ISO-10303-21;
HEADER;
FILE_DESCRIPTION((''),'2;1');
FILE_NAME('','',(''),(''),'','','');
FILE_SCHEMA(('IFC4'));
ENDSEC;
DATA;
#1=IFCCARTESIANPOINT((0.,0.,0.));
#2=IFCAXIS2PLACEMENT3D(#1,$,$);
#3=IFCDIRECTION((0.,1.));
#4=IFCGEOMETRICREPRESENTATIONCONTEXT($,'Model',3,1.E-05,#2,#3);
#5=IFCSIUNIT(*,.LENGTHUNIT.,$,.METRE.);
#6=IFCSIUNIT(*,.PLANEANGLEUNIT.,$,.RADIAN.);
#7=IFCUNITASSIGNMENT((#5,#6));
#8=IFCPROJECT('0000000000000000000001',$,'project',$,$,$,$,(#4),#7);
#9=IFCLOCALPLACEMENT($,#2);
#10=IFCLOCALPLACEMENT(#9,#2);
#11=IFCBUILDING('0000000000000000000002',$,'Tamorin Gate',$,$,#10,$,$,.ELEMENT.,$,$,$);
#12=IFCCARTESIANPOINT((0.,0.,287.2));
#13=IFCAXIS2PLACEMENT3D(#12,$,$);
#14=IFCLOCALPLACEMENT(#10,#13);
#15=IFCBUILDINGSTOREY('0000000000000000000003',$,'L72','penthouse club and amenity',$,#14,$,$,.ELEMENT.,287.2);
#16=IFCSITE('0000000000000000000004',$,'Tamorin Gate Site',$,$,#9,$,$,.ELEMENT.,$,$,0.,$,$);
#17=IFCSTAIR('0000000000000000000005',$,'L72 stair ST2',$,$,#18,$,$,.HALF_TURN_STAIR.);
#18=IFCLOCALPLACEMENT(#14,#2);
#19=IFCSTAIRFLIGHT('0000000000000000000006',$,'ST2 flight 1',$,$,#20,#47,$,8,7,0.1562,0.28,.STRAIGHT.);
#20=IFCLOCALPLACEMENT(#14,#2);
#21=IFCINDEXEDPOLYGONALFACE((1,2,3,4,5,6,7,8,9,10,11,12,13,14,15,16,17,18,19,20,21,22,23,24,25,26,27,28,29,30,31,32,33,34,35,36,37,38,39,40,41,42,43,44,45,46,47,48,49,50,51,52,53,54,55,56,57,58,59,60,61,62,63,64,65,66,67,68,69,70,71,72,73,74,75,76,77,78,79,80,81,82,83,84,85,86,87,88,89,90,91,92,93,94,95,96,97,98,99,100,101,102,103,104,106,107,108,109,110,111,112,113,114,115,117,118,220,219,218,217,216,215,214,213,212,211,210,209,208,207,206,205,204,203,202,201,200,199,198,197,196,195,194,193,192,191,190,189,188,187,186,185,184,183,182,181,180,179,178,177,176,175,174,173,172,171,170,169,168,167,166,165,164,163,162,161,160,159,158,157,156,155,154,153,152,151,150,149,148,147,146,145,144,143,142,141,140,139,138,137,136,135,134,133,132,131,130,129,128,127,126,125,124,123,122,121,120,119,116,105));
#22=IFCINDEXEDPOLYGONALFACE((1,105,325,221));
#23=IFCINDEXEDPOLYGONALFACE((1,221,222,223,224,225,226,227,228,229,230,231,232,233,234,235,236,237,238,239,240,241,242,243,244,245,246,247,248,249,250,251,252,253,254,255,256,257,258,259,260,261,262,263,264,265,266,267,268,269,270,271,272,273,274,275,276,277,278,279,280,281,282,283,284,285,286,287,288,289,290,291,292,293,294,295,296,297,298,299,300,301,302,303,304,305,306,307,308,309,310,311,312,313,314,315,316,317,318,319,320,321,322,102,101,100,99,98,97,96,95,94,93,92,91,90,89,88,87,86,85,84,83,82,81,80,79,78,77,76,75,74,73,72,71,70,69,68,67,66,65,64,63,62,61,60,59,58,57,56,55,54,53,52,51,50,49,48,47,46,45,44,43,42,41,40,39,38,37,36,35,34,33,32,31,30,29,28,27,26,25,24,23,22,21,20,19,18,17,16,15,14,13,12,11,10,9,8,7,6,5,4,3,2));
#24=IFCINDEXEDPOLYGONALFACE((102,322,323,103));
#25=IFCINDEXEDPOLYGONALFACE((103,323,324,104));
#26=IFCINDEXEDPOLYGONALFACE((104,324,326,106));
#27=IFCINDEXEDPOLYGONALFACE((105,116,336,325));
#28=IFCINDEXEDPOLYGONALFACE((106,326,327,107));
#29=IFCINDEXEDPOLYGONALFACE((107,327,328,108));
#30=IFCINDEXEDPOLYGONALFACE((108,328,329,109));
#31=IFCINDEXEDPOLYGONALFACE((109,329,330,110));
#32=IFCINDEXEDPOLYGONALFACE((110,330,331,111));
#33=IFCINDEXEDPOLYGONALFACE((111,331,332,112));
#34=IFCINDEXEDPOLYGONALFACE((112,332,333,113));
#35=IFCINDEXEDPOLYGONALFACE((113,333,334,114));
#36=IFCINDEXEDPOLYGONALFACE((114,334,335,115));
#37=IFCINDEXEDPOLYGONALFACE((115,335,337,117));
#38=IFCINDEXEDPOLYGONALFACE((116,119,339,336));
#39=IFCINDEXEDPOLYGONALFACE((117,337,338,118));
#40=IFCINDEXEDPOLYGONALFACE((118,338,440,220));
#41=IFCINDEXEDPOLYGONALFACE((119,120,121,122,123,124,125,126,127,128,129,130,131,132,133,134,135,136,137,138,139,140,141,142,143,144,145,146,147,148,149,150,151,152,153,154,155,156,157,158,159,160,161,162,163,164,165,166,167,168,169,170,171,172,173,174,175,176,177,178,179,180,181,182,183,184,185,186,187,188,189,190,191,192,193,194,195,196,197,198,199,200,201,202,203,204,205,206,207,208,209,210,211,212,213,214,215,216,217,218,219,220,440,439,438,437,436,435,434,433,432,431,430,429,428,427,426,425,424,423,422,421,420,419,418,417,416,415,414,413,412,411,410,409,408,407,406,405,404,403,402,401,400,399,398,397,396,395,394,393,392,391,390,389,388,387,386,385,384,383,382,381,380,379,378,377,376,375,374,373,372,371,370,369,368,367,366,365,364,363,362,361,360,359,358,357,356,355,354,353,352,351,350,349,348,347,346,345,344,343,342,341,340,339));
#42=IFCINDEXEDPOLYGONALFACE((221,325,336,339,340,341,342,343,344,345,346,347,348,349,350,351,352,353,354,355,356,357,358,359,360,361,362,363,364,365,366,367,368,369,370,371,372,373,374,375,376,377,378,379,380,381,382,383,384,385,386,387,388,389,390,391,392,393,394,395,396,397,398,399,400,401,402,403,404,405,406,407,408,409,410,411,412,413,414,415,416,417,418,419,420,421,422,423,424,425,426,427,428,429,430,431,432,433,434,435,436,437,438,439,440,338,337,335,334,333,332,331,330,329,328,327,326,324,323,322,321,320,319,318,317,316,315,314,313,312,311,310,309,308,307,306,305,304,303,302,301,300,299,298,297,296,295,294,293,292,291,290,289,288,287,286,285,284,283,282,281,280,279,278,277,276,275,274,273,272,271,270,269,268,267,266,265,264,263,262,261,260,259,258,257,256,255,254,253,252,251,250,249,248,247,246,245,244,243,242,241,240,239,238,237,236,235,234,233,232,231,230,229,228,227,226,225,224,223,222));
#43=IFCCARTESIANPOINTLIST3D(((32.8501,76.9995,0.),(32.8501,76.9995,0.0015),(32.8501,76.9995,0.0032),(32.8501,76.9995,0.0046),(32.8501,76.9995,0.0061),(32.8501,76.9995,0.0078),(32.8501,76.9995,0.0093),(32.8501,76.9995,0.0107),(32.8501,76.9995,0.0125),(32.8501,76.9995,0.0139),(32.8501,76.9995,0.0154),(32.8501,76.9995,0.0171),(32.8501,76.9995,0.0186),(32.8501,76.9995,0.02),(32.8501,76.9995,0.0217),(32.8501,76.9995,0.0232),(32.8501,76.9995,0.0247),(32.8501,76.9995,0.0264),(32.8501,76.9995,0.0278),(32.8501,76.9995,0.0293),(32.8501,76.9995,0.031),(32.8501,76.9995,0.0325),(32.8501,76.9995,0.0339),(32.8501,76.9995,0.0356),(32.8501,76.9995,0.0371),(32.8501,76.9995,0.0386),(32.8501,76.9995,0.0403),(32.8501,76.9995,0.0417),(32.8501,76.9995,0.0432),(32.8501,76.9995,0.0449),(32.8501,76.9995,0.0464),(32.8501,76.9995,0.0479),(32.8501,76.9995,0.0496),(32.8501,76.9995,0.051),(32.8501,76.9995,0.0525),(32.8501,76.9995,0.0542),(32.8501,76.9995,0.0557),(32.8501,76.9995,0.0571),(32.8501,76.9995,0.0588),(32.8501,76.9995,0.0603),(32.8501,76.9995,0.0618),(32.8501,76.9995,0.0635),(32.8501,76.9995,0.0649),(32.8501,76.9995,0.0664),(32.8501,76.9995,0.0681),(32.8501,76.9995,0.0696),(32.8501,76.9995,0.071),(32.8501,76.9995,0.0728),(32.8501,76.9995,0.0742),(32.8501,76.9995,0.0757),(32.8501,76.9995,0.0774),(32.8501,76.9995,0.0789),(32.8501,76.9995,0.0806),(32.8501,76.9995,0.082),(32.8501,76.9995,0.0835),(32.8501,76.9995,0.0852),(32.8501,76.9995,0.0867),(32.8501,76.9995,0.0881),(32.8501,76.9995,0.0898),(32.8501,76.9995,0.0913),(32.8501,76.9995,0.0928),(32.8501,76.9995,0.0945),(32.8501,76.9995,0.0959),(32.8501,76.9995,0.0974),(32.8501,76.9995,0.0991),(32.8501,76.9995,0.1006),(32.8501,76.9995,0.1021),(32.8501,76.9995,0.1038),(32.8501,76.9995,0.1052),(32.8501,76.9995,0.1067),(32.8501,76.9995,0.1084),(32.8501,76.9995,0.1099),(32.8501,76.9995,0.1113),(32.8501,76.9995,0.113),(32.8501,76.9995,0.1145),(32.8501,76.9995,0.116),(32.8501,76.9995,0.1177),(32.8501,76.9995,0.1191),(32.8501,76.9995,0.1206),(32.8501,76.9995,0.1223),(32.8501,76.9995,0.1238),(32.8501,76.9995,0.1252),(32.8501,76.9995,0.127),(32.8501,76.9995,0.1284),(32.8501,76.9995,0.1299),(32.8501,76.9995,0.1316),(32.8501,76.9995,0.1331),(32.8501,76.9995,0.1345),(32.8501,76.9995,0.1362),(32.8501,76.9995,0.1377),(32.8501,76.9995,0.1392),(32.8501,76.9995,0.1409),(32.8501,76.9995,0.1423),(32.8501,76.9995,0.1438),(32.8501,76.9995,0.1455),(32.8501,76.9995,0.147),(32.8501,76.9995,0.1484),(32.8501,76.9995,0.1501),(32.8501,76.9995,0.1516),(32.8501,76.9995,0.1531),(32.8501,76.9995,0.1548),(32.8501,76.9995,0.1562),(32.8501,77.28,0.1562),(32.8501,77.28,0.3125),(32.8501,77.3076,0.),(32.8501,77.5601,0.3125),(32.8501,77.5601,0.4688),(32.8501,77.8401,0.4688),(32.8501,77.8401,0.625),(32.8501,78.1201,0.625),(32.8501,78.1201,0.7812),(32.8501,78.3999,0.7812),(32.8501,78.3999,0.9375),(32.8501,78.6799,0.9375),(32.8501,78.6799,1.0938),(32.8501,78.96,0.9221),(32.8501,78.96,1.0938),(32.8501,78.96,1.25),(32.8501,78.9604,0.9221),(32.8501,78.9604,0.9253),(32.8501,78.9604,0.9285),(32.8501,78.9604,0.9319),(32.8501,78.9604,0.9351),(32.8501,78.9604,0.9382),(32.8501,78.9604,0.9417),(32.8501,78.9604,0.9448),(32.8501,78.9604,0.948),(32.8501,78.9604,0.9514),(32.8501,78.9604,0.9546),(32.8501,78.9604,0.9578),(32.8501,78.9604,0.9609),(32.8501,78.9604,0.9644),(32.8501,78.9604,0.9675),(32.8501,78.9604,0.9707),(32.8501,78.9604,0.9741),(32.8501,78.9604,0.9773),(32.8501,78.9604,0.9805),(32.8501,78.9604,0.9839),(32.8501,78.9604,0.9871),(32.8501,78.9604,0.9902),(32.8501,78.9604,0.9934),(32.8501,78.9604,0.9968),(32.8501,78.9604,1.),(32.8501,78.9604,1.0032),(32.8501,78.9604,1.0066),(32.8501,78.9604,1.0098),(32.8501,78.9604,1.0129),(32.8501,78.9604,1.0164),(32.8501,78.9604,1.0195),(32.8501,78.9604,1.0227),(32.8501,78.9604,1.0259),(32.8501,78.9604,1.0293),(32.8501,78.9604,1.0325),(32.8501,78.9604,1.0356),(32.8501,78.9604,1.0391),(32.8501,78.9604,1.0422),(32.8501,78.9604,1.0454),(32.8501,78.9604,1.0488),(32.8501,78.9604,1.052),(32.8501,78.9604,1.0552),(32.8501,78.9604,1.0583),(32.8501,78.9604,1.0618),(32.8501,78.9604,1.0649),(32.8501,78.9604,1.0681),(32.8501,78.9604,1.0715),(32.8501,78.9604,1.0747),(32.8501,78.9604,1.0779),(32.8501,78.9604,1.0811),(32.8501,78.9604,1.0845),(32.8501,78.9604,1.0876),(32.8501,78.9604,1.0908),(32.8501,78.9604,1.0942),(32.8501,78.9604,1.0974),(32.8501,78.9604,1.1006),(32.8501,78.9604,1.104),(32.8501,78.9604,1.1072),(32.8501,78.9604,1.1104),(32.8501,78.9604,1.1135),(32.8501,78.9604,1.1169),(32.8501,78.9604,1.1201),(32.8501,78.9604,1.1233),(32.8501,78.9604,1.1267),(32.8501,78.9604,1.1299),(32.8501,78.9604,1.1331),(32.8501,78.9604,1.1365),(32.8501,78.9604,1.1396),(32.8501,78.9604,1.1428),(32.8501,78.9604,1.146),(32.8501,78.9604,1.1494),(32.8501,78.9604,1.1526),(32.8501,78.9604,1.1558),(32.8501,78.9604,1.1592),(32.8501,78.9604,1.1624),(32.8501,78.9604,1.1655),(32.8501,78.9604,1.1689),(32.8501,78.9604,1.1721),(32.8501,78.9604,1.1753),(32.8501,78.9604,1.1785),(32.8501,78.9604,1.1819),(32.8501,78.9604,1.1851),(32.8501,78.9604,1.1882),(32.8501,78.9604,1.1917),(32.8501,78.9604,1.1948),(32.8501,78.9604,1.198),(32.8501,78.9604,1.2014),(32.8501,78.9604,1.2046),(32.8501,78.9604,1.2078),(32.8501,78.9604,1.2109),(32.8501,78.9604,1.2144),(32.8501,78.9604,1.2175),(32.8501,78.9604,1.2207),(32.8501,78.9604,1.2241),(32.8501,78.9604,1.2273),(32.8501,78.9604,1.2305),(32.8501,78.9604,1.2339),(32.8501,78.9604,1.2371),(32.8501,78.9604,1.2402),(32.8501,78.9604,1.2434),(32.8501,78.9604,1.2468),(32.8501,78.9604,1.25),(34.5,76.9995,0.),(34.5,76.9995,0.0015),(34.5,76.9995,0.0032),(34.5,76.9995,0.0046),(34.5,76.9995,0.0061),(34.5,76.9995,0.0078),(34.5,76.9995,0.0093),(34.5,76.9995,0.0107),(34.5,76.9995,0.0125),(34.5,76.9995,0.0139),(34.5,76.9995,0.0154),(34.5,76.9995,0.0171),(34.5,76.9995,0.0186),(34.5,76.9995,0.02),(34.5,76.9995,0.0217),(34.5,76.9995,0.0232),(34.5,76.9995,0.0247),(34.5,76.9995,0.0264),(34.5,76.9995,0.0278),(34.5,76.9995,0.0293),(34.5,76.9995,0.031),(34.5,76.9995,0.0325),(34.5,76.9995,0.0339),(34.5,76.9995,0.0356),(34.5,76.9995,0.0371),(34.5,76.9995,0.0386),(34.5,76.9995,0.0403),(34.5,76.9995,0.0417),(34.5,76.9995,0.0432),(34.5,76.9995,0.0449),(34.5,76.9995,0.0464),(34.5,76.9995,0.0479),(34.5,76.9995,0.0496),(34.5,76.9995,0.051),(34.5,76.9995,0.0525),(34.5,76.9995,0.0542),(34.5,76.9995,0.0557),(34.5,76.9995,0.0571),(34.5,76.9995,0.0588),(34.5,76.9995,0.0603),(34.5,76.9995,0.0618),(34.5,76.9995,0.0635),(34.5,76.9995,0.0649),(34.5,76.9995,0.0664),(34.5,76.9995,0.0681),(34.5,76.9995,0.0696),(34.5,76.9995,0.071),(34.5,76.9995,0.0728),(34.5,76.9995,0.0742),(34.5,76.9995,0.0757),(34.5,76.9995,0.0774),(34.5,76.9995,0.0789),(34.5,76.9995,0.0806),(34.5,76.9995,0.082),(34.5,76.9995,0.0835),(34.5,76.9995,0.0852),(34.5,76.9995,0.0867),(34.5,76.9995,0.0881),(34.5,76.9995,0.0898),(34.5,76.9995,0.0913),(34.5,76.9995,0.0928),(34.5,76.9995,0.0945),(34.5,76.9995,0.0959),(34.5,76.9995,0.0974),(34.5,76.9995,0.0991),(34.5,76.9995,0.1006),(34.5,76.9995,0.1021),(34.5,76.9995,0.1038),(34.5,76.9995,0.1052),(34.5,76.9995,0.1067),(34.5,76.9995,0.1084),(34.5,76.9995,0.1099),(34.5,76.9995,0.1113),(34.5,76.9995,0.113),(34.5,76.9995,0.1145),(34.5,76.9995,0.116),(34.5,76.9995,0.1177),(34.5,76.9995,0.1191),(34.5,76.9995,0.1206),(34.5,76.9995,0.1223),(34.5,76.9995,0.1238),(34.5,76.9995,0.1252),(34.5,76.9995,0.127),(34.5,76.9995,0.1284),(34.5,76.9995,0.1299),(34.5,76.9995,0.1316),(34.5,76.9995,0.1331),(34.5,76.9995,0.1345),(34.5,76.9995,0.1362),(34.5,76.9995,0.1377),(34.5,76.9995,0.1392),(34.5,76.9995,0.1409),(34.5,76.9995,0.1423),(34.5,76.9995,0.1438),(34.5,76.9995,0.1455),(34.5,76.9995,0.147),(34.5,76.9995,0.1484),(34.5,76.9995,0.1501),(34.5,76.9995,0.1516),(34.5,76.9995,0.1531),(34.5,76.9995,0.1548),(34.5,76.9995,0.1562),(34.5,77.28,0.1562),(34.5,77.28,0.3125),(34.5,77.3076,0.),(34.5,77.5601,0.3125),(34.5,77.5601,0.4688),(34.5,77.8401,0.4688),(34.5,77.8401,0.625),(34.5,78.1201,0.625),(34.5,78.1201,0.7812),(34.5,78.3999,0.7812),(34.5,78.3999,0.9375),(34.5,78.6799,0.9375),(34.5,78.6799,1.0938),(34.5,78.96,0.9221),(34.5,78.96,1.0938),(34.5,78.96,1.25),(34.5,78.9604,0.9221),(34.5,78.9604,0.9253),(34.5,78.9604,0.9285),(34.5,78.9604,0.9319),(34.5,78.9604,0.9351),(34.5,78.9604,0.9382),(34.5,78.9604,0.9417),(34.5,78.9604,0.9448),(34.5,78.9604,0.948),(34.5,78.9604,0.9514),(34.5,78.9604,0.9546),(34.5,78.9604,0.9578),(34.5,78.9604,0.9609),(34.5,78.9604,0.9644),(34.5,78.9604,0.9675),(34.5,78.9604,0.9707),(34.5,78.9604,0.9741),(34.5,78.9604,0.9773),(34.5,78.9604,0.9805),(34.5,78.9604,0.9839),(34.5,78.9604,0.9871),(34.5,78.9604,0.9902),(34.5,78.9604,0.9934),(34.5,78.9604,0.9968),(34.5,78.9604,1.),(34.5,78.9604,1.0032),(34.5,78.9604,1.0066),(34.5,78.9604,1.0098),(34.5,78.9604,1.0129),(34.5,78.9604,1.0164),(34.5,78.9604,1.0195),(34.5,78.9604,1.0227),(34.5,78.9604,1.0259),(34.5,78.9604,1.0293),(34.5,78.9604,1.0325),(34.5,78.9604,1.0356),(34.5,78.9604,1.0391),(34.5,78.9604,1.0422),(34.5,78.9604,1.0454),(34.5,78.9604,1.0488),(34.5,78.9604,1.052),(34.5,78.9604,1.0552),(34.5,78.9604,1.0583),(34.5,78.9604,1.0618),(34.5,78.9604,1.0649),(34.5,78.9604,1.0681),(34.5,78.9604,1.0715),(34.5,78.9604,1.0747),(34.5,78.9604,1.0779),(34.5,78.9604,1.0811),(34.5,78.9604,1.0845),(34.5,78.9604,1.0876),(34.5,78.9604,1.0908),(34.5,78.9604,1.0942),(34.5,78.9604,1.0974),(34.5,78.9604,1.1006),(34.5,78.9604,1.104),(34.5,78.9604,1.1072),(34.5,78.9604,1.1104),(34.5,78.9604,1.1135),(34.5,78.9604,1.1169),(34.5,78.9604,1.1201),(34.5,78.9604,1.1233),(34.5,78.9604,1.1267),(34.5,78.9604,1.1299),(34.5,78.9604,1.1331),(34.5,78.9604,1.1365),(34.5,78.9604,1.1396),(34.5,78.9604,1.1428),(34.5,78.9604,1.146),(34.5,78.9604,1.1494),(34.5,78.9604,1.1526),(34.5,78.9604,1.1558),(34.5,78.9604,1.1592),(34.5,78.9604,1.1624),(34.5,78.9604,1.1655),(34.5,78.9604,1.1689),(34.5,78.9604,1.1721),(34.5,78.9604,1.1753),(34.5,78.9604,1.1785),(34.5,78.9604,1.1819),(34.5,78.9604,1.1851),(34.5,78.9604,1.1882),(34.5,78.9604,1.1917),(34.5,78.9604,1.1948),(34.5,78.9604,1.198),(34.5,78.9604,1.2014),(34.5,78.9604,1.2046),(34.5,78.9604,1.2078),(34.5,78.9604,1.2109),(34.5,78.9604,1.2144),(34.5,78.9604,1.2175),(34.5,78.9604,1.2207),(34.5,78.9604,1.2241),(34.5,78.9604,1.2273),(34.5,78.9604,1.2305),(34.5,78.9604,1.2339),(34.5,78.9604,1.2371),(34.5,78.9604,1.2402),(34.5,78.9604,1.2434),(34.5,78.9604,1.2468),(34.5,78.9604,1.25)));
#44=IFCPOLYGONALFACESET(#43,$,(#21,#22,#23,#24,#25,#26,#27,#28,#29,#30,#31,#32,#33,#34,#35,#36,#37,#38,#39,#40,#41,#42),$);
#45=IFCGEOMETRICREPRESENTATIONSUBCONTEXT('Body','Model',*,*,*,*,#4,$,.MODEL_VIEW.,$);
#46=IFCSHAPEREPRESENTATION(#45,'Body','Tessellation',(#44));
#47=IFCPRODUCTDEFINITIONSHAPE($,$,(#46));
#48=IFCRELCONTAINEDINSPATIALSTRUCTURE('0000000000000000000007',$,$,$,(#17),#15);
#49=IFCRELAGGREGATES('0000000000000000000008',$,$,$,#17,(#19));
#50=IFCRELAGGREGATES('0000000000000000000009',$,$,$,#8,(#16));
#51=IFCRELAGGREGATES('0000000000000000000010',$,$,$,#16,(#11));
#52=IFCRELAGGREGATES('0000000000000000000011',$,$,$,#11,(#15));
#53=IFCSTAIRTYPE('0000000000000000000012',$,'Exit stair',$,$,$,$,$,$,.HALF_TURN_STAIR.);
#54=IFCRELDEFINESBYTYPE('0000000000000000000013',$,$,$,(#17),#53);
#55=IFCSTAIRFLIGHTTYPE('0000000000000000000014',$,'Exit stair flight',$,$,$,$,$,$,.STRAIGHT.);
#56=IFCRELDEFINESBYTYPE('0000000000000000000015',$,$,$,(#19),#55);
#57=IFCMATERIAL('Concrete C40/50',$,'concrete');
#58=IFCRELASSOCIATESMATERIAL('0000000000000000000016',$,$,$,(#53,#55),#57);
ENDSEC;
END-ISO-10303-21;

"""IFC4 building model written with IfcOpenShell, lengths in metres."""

from ifc_helpers import new_model, si_unit, direction, frame, origin, place, context, subcontext, project, spatial, polyline, outline, extrude, material, type_object, element, aggregate, save


model = new_model("IFC4")

# Units and contexts
model_context = context("Model", 3, precision=1e-05, world=origin(), true_north=direction((0.0, 1.0)))
body_context = subcontext(model_context, "Body", "Model", "MODEL_VIEW")
ifc_project = project(units=[si_unit("LENGTHUNIT", "METRE"), si_unit("PLANEANGLEUNIT", "RADIAN")], contexts=[model_context])

# Site, building, storey
site_placement = place(None, origin())
site = spatial("IfcSite", under=ifc_project, at=site_placement, Name="Tamorin Gate Site", CompositionType="ELEMENT", RefElevation=0.0)
building_placement = place(site_placement, origin())
building = spatial("IfcBuilding", under=site, at=building_placement, Name="Tamorin Gate", CompositionType="ELEMENT")
storey_placement = place(building_placement, frame((0.0, 0.0, 287.2)))
storey = spatial("IfcBuildingStorey", under=building, at=storey_placement, Name="L72", Description="penthouse club and amenity", CompositionType="ELEMENT", Elevation=287.2)

# Shared definitions
ifc_material_1 = material(Name="Concrete C40/50", Category="concrete")

# Stair, stair flight
stair_type = type_object("IfcStairType", Name="Exit stair", PredefinedType="HALF_TURN_STAIR", material=ifc_material_1)
stair_placement = place(storey_placement, origin())
stair = element("IfcStair", 1, at=stair_placement, inside=storey, type_object=stair_type, Name="L72 stair ST2", PredefinedType="HALF_TURN_STAIR")
stair_flight_type = type_object("IfcStairFlightType", Name="Exit stair flight", PredefinedType="STRAIGHT", material=ifc_material_1)
stair_flight_1_placement = place(storey_placement, frame((33.675, 77.0, 0.0), z_axis=(0.0, 0.0, 1.0), x_axis=(0.0, 1.0, 0.0)))
stair_flight_1 = element("IfcStairFlight", 2, at=stair_flight_1_placement, type_object=stair_flight_type, Name="ST2 flight 1", NumberOfRisers=8, NumberOfTreads=7, PredefinedType="STRAIGHT", RiserHeight=0.1562, TreadLength=0.28, context=body_context, shape_type="SweptSolid", body=[
    extrude(outline(polyline([(-0.0005, 0.0), (-0.0005, 0.0015), (-0.0005, 0.0032), (-0.0005, 0.0046), (-0.0005, 0.0061), (-0.0005, 0.0078), (-0.0005, 0.0093), (-0.0005, 0.0107), (-0.0005, 0.0125), (-0.0005, 0.0139), (-0.0005, 0.0154), (-0.0005, 0.0171), (-0.0005, 0.0186), (-0.0005, 0.02), (-0.0005, 0.0217), (-0.0005, 0.0232), (-0.0005, 0.0247), (-0.0005, 0.0264), (-0.0005, 0.0278), (-0.0005, 0.0293), (-0.0005, 0.031), (-0.0005, 0.0325), (-0.0005, 0.0339), (-0.0005, 0.0356), (-0.0005, 0.0371), (-0.0005, 0.0386), (-0.0005, 0.0403), (-0.0005, 0.0417), (-0.0005, 0.0432), (-0.0005, 0.0449), (-0.0005, 0.0464), (-0.0005, 0.0479), (-0.0005, 0.0496), (-0.0005, 0.051), (-0.0005, 0.0525), (-0.0005, 0.0542), (-0.0005, 0.0557), (-0.0005, 0.0571), (-0.0005, 0.0588), (-0.0005, 0.0603), (-0.0005, 0.0618), (-0.0005, 0.0635), (-0.0005, 0.0649), (-0.0005, 0.0664), (-0.0005, 0.0681), (-0.0005, 0.0696), (-0.0005, 0.071), (-0.0005, 0.0728), (-0.0005, 0.0742), (-0.0005, 0.0757), (-0.0005, 0.0774), (-0.0005, 0.0789), (-0.0005, 0.0806), (-0.0005, 0.082), (-0.0005, 0.0835), (-0.0005, 0.0852), (-0.0005, 0.0867), (-0.0005, 0.0881), (-0.0005, 0.0898), (-0.0005, 0.0913), (-0.0005, 0.0928), (-0.0005, 0.0945), (-0.0005, 0.0959), (-0.0005, 0.0974), (-0.0005, 0.0991), (-0.0005, 0.1006), (-0.0005, 0.1021), (-0.0005, 0.1038), (-0.0005, 0.1052), (-0.0005, 0.1067), (-0.0005, 0.1084), (-0.0005, 0.1099), (-0.0005, 0.1113), (-0.0005, 0.113), (-0.0005, 0.1145), (-0.0005, 0.116), (-0.0005, 0.1177), (-0.0005, 0.1191), (-0.0005, 0.1206), (-0.0005, 0.1223), (-0.0005, 0.1238), (-0.0005, 0.1252), (-0.0005, 0.127), (-0.0005, 0.1284), (-0.0005, 0.1299), (-0.0005, 0.1316), (-0.0005, 0.1331), (-0.0005, 0.1345), (-0.0005, 0.1362), (-0.0005, 0.1377), (-0.0005, 0.1392), (-0.0005, 0.1409), (-0.0005, 0.1423), (-0.0005, 0.1438), (-0.0005, 0.1455), (-0.0005, 0.147), (-0.0005, 0.1484), (-0.0005, 0.1501), (-0.0005, 0.1516), (-0.0005, 0.1531), (-0.0005, 0.1548), (-0.0005, 0.1562), (0.28, 0.1562), (0.28, 0.3125), (0.5601, 0.3125), (0.5601, 0.4688), (0.8401, 0.4688), (0.8401, 0.625), (1.1201, 0.625), (1.1201, 0.7812), (1.3999, 0.7812), (1.3999, 0.9375), (1.6799, 0.9375), (1.6799, 1.0938), (1.96, 1.0938), (1.96, 1.25), (1.9604, 1.25), (1.9604, 1.2468), (1.9604, 1.2434), (1.9604, 1.2402), (1.9604, 1.2371), (1.9604, 1.2339), (1.9604, 1.2305), (1.9604, 1.2273), (1.9604, 1.2241), (1.9604, 1.2207), (1.9604, 1.2175), (1.9604, 1.2144), (1.9604, 1.2109), (1.9604, 1.2078), (1.9604, 1.2046), (1.9604, 1.2014), (1.9604, 1.198), (1.9604, 1.1948), (1.9604, 1.1917), (1.9604, 1.1882), (1.9604, 1.1851), (1.9604, 1.1819), (1.9604, 1.1785), (1.9604, 1.1753), (1.9604, 1.1721), (1.9604, 1.1689), (1.9604, 1.1655), (1.9604, 1.1624), (1.9604, 1.1592), (1.9604, 1.1558), (1.9604, 1.1526), (1.9604, 1.1494), (1.9604, 1.146), (1.9604, 1.1428), (1.9604, 1.1396), (1.9604, 1.1365), (1.9604, 1.1331), (1.9604, 1.1299), (1.9604, 1.1267), (1.9604, 1.1233), (1.9604, 1.1201), (1.9604, 1.1169), (1.9604, 1.1135), (1.9604, 1.1104), (1.9604, 1.1072), (1.9604, 1.104), (1.9604, 1.1006), (1.9604, 1.0974), (1.9604, 1.0942), (1.9604, 1.0908), (1.9604, 1.0876), (1.9604, 1.0845), (1.9604, 1.0811), (1.9604, 1.0779), (1.9604, 1.0747), (1.9604, 1.0715), (1.9604, 1.0681), (1.9604, 1.0649), (1.9604, 1.0618), (1.9604, 1.0583), (1.9604, 1.0552), (1.9604, 1.052), (1.9604, 1.0488), (1.9604, 1.0454), (1.9604, 1.0422), (1.9604, 1.0391), (1.9604, 1.0356), (1.9604, 1.0325), (1.9604, 1.0293), (1.9604, 1.0259), (1.9604, 1.0227), (1.9604, 1.0195), (1.9604, 1.0164), (1.9604, 1.0129), (1.9604, 1.0098), (1.9604, 1.0066), (1.9604, 1.0032), (1.9604, 1.0), (1.9604, 0.9968), (1.9604, 0.9934), (1.9604, 0.9902), (1.9604, 0.9871), (1.9604, 0.9839), (1.9604, 0.9805), (1.9604, 0.9773), (1.9604, 0.9741), (1.9604, 0.9707), (1.9604, 0.9675), (1.9604, 0.9644), (1.9604, 0.9609), (1.9604, 0.9578), (1.9604, 0.9546), (1.9604, 0.9514), (1.9604, 0.948), (1.9604, 0.9448), (1.9604, 0.9417), (1.9604, 0.9382), (1.9604, 0.9351), (1.9604, 0.9319), (1.9604, 0.9285), (1.9604, 0.9253), (1.9604, 0.9221), (1.96, 0.9221), (0.3076, 0.0), (-0.0005, 0.0)])), frame((0.0, 0.825, 0.0), z_axis=(0.0, -1.0, 0.0), x_axis=(1.0, 0.0, 0.0)), (0.0, 0.0, 1.0), 1.6499),
])
aggregate(stair, [stair_flight_1])

save(model, "model.ifc")
